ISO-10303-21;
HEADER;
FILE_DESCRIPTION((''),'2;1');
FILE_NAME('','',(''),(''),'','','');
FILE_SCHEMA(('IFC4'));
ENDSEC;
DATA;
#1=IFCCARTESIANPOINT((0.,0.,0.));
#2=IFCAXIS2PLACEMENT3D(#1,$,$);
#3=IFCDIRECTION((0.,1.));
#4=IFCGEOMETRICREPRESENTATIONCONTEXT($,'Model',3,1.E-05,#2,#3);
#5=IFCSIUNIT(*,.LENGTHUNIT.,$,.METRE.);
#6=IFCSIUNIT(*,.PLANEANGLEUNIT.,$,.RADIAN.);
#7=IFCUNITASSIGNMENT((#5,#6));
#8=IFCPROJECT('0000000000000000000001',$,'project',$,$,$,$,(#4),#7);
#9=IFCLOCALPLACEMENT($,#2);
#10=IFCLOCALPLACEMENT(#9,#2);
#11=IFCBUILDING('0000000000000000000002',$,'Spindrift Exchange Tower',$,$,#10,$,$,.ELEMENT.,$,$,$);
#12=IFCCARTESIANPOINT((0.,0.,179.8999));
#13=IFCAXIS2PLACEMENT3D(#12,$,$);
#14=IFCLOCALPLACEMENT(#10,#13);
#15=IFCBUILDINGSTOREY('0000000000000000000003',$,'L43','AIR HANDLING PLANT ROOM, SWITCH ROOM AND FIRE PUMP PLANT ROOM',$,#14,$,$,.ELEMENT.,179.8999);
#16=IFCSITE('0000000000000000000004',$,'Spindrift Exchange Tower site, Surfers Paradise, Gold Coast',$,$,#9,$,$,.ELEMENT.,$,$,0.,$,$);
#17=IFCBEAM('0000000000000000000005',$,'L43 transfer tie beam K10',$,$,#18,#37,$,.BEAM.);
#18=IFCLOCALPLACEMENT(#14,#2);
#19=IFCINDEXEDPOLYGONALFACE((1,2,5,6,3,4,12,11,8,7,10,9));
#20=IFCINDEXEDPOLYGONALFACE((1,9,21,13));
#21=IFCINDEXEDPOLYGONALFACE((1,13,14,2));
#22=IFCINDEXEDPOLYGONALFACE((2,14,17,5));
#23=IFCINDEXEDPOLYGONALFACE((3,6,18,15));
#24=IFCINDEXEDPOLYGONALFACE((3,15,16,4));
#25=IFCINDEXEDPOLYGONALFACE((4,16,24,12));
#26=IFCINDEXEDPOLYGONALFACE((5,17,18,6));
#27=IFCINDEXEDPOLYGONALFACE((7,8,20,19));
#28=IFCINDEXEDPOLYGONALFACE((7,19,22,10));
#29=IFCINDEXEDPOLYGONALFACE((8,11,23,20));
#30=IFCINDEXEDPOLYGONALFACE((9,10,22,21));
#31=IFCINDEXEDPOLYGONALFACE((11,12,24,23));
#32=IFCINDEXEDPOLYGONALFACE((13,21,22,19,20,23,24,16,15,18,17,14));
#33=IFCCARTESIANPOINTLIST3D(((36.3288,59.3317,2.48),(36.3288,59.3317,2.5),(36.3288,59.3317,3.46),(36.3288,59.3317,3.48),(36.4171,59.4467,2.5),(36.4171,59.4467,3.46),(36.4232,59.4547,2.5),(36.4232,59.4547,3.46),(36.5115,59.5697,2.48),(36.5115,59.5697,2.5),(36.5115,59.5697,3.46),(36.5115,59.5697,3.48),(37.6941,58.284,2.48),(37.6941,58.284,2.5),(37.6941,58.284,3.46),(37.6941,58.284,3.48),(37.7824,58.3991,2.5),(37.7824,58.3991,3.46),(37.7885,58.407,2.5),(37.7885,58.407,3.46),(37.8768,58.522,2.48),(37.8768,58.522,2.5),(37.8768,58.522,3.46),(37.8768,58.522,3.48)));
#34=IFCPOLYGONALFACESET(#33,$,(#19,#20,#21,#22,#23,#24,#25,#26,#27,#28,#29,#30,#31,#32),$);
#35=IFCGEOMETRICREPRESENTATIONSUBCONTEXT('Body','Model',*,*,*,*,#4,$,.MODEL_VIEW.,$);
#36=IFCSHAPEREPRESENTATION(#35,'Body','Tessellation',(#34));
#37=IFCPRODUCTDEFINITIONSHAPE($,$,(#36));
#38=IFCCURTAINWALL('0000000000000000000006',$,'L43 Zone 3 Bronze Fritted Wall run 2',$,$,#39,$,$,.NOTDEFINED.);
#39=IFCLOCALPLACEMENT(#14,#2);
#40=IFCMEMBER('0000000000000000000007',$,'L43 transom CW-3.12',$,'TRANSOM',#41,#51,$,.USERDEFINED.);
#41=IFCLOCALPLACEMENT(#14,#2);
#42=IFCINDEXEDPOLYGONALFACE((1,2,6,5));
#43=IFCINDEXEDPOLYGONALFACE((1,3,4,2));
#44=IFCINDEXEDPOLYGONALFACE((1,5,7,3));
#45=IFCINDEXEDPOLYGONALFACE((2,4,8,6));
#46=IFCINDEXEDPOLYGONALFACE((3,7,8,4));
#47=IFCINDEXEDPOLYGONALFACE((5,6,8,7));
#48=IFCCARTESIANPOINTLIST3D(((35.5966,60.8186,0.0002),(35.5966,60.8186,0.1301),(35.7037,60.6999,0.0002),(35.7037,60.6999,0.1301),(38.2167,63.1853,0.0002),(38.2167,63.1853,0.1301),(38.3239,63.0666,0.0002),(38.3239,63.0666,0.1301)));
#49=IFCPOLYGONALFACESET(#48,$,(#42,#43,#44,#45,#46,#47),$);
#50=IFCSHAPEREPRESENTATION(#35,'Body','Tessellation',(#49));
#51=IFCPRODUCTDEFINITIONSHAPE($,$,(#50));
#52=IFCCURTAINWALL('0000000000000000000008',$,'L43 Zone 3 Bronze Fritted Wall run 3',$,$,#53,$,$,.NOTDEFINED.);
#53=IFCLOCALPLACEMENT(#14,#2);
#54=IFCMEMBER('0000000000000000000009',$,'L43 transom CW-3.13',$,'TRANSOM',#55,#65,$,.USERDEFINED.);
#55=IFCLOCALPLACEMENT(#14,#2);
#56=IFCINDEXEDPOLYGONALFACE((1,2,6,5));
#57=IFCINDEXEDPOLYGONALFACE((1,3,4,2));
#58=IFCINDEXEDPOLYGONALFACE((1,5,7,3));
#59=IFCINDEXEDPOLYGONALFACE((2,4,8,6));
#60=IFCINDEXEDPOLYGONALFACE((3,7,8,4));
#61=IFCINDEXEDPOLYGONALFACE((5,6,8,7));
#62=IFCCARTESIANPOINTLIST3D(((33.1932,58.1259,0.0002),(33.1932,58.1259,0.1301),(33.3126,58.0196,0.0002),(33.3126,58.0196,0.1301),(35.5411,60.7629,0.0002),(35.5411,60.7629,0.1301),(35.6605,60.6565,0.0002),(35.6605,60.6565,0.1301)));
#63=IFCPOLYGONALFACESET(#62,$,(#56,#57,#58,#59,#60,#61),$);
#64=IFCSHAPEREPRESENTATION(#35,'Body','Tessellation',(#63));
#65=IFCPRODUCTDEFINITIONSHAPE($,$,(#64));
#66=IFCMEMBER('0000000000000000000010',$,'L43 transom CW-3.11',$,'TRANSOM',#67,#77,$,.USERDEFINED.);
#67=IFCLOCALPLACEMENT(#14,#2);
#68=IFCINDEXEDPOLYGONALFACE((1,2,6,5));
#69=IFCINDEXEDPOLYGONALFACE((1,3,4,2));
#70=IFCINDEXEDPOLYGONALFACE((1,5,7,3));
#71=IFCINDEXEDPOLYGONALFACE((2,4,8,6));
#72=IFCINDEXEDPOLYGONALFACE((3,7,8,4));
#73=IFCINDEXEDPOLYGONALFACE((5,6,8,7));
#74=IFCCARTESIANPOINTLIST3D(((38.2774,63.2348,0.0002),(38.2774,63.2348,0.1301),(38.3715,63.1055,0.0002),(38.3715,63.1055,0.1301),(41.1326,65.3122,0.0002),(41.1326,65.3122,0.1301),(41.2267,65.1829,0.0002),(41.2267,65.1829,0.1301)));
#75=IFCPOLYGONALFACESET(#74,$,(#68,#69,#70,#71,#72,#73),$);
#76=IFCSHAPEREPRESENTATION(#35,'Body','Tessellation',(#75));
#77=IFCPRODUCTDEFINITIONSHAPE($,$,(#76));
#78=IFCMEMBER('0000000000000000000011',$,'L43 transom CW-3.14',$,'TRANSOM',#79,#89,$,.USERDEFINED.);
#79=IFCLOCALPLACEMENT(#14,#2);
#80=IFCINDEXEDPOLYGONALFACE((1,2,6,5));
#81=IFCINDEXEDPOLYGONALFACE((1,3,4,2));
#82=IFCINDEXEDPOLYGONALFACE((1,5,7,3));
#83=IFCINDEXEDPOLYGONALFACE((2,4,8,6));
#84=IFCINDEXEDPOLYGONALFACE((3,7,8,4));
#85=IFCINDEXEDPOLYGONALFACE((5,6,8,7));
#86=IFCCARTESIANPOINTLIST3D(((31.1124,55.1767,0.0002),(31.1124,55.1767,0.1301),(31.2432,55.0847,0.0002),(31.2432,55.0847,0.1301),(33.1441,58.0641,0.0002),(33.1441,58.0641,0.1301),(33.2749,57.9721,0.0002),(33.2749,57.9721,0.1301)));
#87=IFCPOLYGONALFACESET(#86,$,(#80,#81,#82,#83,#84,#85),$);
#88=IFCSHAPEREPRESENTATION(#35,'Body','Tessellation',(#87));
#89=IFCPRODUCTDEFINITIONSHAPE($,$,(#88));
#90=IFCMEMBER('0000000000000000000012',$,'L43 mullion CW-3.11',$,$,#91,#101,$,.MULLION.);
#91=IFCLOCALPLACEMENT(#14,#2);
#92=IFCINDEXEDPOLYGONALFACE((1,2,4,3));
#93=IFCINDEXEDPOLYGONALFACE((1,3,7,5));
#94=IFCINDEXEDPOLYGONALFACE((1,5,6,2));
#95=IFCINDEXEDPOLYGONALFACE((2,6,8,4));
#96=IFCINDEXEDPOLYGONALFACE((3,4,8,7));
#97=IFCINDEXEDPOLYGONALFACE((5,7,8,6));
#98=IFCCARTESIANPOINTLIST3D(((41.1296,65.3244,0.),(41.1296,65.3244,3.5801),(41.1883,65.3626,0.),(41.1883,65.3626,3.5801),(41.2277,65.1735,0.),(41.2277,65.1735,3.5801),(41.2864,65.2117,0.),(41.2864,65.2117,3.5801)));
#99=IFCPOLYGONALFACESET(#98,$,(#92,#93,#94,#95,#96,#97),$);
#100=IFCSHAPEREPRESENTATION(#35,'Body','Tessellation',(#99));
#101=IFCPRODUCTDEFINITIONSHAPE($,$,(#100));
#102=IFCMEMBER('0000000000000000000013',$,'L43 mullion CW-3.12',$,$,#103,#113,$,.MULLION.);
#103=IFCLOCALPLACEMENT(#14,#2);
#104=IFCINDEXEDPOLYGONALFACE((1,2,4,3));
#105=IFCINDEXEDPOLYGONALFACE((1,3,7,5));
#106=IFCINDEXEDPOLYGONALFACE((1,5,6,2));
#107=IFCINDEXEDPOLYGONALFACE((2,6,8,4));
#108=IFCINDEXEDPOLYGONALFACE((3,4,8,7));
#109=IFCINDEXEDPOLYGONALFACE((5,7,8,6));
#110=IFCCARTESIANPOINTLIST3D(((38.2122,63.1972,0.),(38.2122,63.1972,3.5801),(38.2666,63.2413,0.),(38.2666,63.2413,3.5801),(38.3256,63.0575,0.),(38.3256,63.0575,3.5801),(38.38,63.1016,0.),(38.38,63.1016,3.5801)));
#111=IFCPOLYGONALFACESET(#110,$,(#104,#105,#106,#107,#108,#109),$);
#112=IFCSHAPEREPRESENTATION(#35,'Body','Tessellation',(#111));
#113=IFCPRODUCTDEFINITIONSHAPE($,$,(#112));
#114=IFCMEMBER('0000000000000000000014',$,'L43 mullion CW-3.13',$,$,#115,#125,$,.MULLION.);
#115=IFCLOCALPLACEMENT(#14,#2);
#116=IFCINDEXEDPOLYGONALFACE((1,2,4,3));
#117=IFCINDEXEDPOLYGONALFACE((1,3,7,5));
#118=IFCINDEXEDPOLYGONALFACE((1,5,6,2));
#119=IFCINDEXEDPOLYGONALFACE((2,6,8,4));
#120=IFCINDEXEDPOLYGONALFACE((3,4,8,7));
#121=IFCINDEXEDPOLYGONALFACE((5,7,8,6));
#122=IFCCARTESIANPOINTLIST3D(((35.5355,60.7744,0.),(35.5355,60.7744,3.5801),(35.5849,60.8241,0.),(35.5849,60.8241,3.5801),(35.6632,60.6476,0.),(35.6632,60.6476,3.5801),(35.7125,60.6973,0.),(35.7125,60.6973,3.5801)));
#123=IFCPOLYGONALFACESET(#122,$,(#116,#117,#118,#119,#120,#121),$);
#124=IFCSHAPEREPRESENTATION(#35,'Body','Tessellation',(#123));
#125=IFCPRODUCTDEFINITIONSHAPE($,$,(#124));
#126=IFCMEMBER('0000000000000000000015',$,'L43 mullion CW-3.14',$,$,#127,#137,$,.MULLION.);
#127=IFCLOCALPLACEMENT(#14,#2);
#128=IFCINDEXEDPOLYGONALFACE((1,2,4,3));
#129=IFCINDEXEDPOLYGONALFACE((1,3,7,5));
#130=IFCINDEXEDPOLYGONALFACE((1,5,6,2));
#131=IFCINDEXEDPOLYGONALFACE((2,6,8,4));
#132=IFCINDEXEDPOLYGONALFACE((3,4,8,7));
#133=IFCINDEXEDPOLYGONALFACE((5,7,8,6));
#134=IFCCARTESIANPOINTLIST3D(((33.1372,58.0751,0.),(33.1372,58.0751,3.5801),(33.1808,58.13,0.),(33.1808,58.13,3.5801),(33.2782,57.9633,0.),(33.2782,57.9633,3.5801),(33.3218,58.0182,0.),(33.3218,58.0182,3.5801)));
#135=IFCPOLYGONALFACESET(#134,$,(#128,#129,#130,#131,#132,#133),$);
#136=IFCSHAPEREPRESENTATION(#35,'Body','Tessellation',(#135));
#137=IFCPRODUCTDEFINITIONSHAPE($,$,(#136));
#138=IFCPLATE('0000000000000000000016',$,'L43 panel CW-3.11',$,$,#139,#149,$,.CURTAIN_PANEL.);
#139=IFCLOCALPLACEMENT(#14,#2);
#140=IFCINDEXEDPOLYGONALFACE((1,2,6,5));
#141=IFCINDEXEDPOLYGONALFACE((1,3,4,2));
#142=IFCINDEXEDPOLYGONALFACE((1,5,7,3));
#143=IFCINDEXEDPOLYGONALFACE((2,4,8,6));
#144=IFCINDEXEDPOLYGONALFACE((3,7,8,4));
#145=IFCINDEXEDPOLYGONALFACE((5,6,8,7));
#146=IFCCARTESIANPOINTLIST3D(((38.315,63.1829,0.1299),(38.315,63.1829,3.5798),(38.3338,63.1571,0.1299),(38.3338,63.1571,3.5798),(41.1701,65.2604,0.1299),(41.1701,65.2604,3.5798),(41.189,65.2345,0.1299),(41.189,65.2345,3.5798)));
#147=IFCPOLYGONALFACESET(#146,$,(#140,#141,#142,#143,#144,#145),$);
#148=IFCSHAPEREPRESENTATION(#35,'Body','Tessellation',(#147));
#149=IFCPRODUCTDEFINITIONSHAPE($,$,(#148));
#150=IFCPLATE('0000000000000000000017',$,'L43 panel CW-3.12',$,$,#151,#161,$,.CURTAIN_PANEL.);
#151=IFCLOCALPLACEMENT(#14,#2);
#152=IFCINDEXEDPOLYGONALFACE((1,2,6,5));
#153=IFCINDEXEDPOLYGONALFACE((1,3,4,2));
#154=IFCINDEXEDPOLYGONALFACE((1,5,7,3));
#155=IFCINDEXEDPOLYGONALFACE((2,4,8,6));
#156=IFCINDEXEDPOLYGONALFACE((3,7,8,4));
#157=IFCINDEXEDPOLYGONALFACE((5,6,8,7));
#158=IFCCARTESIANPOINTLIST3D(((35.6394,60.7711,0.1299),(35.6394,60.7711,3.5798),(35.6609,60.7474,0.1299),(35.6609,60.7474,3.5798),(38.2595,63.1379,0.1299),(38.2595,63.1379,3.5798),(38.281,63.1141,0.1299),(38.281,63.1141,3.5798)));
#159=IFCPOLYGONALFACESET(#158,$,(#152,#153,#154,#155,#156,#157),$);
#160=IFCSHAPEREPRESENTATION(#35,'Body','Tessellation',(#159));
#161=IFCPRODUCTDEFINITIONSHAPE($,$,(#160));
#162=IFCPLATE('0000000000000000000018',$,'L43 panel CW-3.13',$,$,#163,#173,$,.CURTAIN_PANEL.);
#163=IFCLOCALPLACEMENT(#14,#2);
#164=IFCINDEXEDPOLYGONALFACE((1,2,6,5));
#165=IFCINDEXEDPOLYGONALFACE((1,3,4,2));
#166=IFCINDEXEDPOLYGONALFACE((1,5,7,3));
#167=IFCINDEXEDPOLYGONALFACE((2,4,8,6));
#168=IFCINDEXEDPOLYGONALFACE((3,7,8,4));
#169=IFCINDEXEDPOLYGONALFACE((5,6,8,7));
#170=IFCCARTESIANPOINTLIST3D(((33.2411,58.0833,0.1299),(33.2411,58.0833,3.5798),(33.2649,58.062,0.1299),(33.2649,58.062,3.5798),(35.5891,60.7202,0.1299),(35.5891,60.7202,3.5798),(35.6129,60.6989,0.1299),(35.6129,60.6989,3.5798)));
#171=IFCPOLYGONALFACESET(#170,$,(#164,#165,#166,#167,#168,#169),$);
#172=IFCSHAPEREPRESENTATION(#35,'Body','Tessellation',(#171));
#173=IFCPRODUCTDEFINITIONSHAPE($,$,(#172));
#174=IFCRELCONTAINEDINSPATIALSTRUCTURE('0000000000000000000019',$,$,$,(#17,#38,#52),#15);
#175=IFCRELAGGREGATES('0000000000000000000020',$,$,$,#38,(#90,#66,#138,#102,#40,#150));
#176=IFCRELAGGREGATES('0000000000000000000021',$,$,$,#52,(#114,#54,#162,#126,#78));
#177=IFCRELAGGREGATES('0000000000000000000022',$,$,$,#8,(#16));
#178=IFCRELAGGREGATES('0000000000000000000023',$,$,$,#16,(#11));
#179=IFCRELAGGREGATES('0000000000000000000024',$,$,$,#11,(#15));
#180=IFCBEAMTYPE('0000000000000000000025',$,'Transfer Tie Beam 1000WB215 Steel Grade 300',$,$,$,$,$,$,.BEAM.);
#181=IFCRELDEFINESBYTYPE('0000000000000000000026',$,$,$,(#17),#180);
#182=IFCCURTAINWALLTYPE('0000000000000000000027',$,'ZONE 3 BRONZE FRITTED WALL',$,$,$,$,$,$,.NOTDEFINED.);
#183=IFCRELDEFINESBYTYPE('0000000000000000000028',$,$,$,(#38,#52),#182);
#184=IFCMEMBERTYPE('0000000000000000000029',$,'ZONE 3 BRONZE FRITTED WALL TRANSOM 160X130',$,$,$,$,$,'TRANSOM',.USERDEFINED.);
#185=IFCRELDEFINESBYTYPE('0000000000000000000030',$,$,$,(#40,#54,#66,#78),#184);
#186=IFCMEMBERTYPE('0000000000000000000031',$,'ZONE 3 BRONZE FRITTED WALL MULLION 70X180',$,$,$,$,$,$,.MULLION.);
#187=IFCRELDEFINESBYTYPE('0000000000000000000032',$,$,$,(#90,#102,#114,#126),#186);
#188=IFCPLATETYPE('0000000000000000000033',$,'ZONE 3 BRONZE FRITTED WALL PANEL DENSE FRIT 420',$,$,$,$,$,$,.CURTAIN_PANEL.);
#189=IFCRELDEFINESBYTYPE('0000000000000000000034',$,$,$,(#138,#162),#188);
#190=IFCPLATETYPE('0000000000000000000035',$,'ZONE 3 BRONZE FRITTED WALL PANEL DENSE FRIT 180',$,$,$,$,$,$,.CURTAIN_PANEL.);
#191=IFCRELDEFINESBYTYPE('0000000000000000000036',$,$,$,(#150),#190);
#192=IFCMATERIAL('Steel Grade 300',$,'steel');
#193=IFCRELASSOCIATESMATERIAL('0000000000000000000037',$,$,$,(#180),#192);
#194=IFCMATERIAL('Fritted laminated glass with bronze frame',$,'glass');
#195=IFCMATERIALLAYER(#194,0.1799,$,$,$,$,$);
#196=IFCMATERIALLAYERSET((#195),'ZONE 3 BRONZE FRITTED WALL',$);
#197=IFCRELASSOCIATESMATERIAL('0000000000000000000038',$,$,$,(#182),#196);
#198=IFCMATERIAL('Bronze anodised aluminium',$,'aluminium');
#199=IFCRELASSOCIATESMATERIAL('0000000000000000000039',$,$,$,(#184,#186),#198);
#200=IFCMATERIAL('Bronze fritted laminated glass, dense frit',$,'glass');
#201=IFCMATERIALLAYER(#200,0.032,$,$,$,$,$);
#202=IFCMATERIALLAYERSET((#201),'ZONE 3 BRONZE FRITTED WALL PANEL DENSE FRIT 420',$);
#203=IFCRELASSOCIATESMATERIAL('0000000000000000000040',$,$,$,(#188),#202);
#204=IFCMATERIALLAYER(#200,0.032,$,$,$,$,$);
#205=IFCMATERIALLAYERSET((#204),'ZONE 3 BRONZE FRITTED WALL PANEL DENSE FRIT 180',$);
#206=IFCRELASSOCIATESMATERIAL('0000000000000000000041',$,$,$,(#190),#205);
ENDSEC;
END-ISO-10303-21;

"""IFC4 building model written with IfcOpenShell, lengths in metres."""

from ifc_helpers import new_model, si_unit, direction, frame, origin, origin_2d, place, context, subcontext, project, spatial, rectangle, i_section, extrude, source, transform, mapped, material, layer, layer_set, material_profile, profile_set, type_object, element, aggregate, save


model = new_model("IFC4")

# Units and contexts
model_context = context("Model", 3, precision=1e-05, world=origin(), true_north=direction((0.0, 1.0)))
body_context = subcontext(model_context, "Body", "Model", "MODEL_VIEW")
ifc_project = project(units=[si_unit("LENGTHUNIT", "METRE"), si_unit("PLANEANGLEUNIT", "RADIAN")], contexts=[model_context])

# Site, building, storey
site_placement = place(None, origin())
site = spatial("IfcSite", under=ifc_project, at=site_placement, Name="Spindrift Exchange Tower site, Surfers Paradise, Gold Coast", CompositionType="ELEMENT", RefElevation=0.0)
building_placement = place(site_placement, origin())
building = spatial("IfcBuilding", under=site, at=building_placement, Name="Spindrift Exchange Tower", CompositionType="ELEMENT")
storey_placement = place(building_placement, frame((0.0, 0.0, 179.8999)))
storey = spatial("IfcBuildingStorey", under=building, at=storey_placement, Name="L43", Description="AIR HANDLING PLANT ROOM, SWITCH ROOM AND FIRE PUMP PLANT ROOM", CompositionType="ELEMENT", Elevation=179.8999)

# Shared definitions
ifc_material_1 = material(Name="Steel Grade 300", Category="steel")

# Beam
ifc_material_profile_1 = material_profile(ifc_material_1, i_section(OverallWidth=0.3, OverallDepth=1.0, WebThickness=0.01, FlangeThickness=0.02, at=origin_2d()), Name="1000WB215")
ifc_profile_set_1 = profile_set([ifc_material_profile_1], Name="Steel Grade 300")
beam_type = type_object("IfcBeamType", Name="Transfer Tie Beam 1000WB215 Steel Grade 300", PredefinedType="BEAM", material=ifc_profile_set_1)
shared_shape_1 = source(origin(), body_context, "Body", "SweptSolid", [
    extrude(i_section(OverallWidth=0.3, OverallDepth=1.0, WebThickness=0.01, FlangeThickness=0.02, at=origin_2d()), origin(), (0.0, 0.0, 1.0), 1.7209),
])
beam_1_placement = place(storey_placement, frame((36.4202, 59.4507, 2.98), z_axis=(0.793346, -0.608771, 0.0), x_axis=(0.608771, 0.793346, 0.0)))
element("IfcBeam", 1, at=beam_1_placement, inside=storey, type_object=beam_type, Name="L43 transfer tie beam K10", PredefinedType="BEAM", context=body_context, shape_type="MappedRepresentation", body=[
    mapped(shared_shape_1, transform((0.0, 0.0, 0.0), scale=1.0)),
])

# Curtain walls, members
ifc_material_2 = material(Name="Fritted laminated glass with bronze frame", Category="glass")
ifc_layer_1 = layer(ifc_material_2, 0.1799)
ifc_layer_set_1 = layer_set([ifc_layer_1], Name="ZONE 3 BRONZE FRITTED WALL")
curtain_wall_type = type_object("IfcCurtainWallType", Name="ZONE 3 BRONZE FRITTED WALL", PredefinedType="NOTDEFINED", material=ifc_layer_set_1)
curtain_wall_1_placement = place(storey_placement, origin())
curtain_wall_1 = element("IfcCurtainWall", 2, at=curtain_wall_1_placement, inside=storey, type_object=curtain_wall_type, Name="L43 Zone 3 Bronze Fritted Wall run 2", PredefinedType="NOTDEFINED")
ifc_material_3 = material(Name="Bronze anodised aluminium", Category="aluminium")
ifc_material_profile_2 = material_profile(ifc_material_3, rectangle(XDim=0.1599, YDim=0.1299, at=origin_2d()), Name="ZONE 3 BRONZE FRITTED WALL TRANSOM 160X130")
ifc_profile_set_2 = profile_set([ifc_material_profile_2], Name="Bronze anodised aluminium")
member_type_1 = type_object("IfcMemberType", Name="ZONE 3 BRONZE FRITTED WALL TRANSOM 160X130", ElementType="TRANSOM", PredefinedType="USERDEFINED", material=ifc_profile_set_2)
shared_shape_2 = source(origin(), body_context, "Body", "SweptSolid", [
    extrude(rectangle(XDim=0.1599, YDim=0.1299, at=origin_2d()), origin(), (0.0, 0.0, 1.0), 3.5308),
])
member_1_placement = place(storey_placement, frame((38.2703, 63.126, 0.0652), z_axis=(-0.742083, -0.670308, 0.0), x_axis=(0.670308, -0.742083, 0.0)))
member_1 = element("IfcMember", 3, at=member_1_placement, type_object=member_type_1, Name="L43 transom CW-3.12", ObjectType="TRANSOM", PredefinedType="USERDEFINED", context=body_context, shape_type="MappedRepresentation", body=[
    mapped(shared_shape_2, transform((0.0, 0.0, 0.0), scale=1.0)),
])
curtain_wall_2_placement = place(storey_placement, origin())
curtain_wall_2 = element("IfcCurtainWall", 4, at=curtain_wall_2_placement, inside=storey, type_object=curtain_wall_type, Name="L43 Zone 3 Bronze Fritted Wall run 3", PredefinedType="NOTDEFINED")
member_2_placement = place(storey_placement, frame((35.6008, 60.7097, 0.0652), z_axis=(-0.664986, -0.746856, 0.0), x_axis=(0.746856, -0.664986, 0.0)))
member_2 = element("IfcMember", 5, at=member_2_placement, type_object=member_type_1, Name="L43 transom CW-3.13", ObjectType="TRANSOM", PredefinedType="USERDEFINED", context=body_context, shape_type="MappedRepresentation", body=[
    mapped(shared_shape_2, transform((0.0, 0.0, 0.0), scale=1.0)),
])

# Members
shared_shape_3 = source(origin(), body_context, "Body", "SweptSolid", [
    extrude(rectangle(XDim=0.1599, YDim=0.1299, at=origin_2d()), origin(), (0.0, 0.0, 1.0), 3.531),
])
member_3_placement = place(storey_placement, frame((41.1797, 65.2476, 0.0652), z_axis=(-0.808619, -0.588332, 0.0), x_axis=(0.588332, -0.808619, 0.0)))
member_3 = element("IfcMember", 6, at=member_3_placement, type_object=member_type_1, Name="L43 transom CW-3.11", ObjectType="TRANSOM", PredefinedType="USERDEFINED", context=body_context, shape_type="MappedRepresentation", body=[
    mapped(shared_shape_3, transform((0.0, 0.0, 0.0), scale=1.0)),
])
shared_shape_4 = source(origin(), body_context, "Body", "SweptSolid", [
    extrude(rectangle(XDim=0.1599, YDim=0.1299, at=origin_2d()), origin(), (0.0, 0.0, 1.0), 3.5305),
])
member_4_placement = place(storey_placement, frame((33.2095, 58.0181, 0.0652), z_axis=(-0.575461, -0.817829, 0.0), x_axis=(0.817829, -0.575461, 0.0)))
member_4 = element("IfcMember", 7, at=member_4_placement, type_object=member_type_1, Name="L43 transom CW-3.14", ObjectType="TRANSOM", PredefinedType="USERDEFINED", context=body_context, shape_type="MappedRepresentation", body=[
    mapped(shared_shape_4, transform((0.0, 0.0, 0.0), scale=1.0)),
])
ifc_material_profile_3 = material_profile(ifc_material_3, rectangle(XDim=0.0701, YDim=0.1799, at=origin_2d()), Name="ZONE 3 BRONZE FRITTED WALL MULLION 70X180")
ifc_profile_set_3 = profile_set([ifc_material_profile_3], Name="Bronze anodised aluminium")
member_type_2 = type_object("IfcMemberType", Name="ZONE 3 BRONZE FRITTED WALL MULLION 70X180", PredefinedType="MULLION", material=ifc_profile_set_3)
shared_shape_5 = source(origin(), body_context, "Body", "SweptSolid", [
    extrude(rectangle(XDim=0.0701, YDim=0.1799, at=origin_2d()), origin(), (0.0, 0.0, 1.0), 3.5801),
])
member_5_placement = place(storey_placement, frame((41.208, 65.2681, 0.0), z_axis=(0.0, 0.0, 1.0), x_axis=(-0.838362, -0.545115, 0.0)))
member_5 = element("IfcMember", 8, at=member_5_placement, type_object=member_type_2, Name="L43 mullion CW-3.11", PredefinedType="MULLION", context=body_context, shape_type="MappedRepresentation", body=[
    mapped(shared_shape_5, transform((0.0, 0.0, 0.0), scale=1.0)),
])
member_6_placement = place(storey_placement, frame((38.2961, 63.1494, 0.0), z_axis=(0.0, 0.0, 1.0), x_axis=(-0.776422, -0.630213, 0.0)))
member_6 = element("IfcMember", 9, at=member_6_placement, type_object=member_type_2, Name="L43 mullion CW-3.12", PredefinedType="MULLION", context=body_context, shape_type="MappedRepresentation", body=[
    mapped(shared_shape_5, transform((0.0, 0.0, 0.0), scale=1.0)),
])
member_7_placement = place(storey_placement, frame((35.624, 60.7358, 0.0), z_axis=(0.0, 0.0, 1.0), x_axis=(-0.704584, -0.70962, 0.0)))
member_7 = element("IfcMember", 10, at=member_7_placement, type_object=member_type_2, Name="L43 mullion CW-3.13", PredefinedType="MULLION", context=body_context, shape_type="MappedRepresentation", body=[
    mapped(shared_shape_5, transform((0.0, 0.0, 0.0), scale=1.0)),
])
member_8_placement = place(storey_placement, frame((33.2295, 58.0466, 0.0), z_axis=(0.0, 0.0, 1.0), x_axis=(-0.621248, -0.783614, 0.0)))
member_8 = element("IfcMember", 11, at=member_8_placement, type_object=member_type_2, Name="L43 mullion CW-3.14", PredefinedType="MULLION", context=body_context, shape_type="MappedRepresentation", body=[
    mapped(shared_shape_5, transform((0.0, 0.0, 0.0), scale=1.0)),
])

# Plates
ifc_material_4 = material(Name="Bronze fritted laminated glass, dense frit", Category="glass")
ifc_layer_2 = layer(ifc_material_4, 0.032)
ifc_layer_set_2 = layer_set([ifc_layer_2], Name="ZONE 3 BRONZE FRITTED WALL PANEL DENSE FRIT 420")
plate_type_1 = type_object("IfcPlateType", Name="ZONE 3 BRONZE FRITTED WALL PANEL DENSE FRIT 420", PredefinedType="CURTAIN_PANEL", material=ifc_layer_set_2)
shared_shape_6 = source(origin(), body_context, "Body", "SweptSolid", [
    extrude(rectangle(XDim=3.531, YDim=0.032, at=origin_2d()), origin(), (0.0, 0.0, 1.0), 3.45),
])
plate_1_placement = place(storey_placement, frame((39.752, 64.2087, 0.1299), z_axis=(0.0, 0.0, 1.0), x_axis=(-0.808604, -0.588353, 0.0)))
plate_1 = element("IfcPlate", 12, at=plate_1_placement, type_object=plate_type_1, Name="L43 panel CW-3.11", PredefinedType="CURTAIN_PANEL", context=body_context, shape_type="MappedRepresentation", body=[
    mapped(shared_shape_6, transform((0.0, 0.0, 0.0), scale=1.0)),
])
ifc_layer_3 = layer(ifc_material_4, 0.032)
ifc_layer_set_3 = layer_set([ifc_layer_3], Name="ZONE 3 BRONZE FRITTED WALL PANEL DENSE FRIT 180")
plate_type_2 = type_object("IfcPlateType", Name="ZONE 3 BRONZE FRITTED WALL PANEL DENSE FRIT 180", PredefinedType="CURTAIN_PANEL", material=ifc_layer_set_3)
shared_shape_7 = source(origin(), body_context, "Body", "SweptSolid", [
    extrude(rectangle(XDim=3.5308, YDim=0.032, at=origin_2d()), origin(), (0.0, 0.0, 1.0), 3.45),
])
plate_2_placement = place(storey_placement, frame((36.9602, 61.9426, 0.1299), z_axis=(0.0, 0.0, 1.0), x_axis=(-0.742076, -0.670315, 0.0)))
plate_2 = element("IfcPlate", 13, at=plate_2_placement, type_object=plate_type_2, Name="L43 panel CW-3.12", PredefinedType="CURTAIN_PANEL", context=body_context, shape_type="MappedRepresentation", body=[
    mapped(shared_shape_7, transform((0.0, 0.0, 0.0), scale=1.0)),
])
aggregate(curtain_wall_1, [member_5, member_3, plate_1, member_6, member_1, plate_2])
shared_shape_8 = source(origin(), body_context, "Body", "SweptSolid", [
    extrude(rectangle(XDim=3.5308, YDim=0.032, at=origin_2d()), origin(), (0.0, 0.0, 1.0), 3.45),
])
plate_3_placement = place(storey_placement, frame((34.427, 59.3911, 0.1299), z_axis=(0.0, 0.0, 1.0), x_axis=(-0.665014, -0.746831, 0.0)))
plate_3 = element("IfcPlate", 14, at=plate_3_placement, type_object=plate_type_1, Name="L43 panel CW-3.13", PredefinedType="CURTAIN_PANEL", context=body_context, shape_type="MappedRepresentation", body=[
    mapped(shared_shape_8, transform((0.0, 0.0, 0.0), scale=1.0)),
])
aggregate(curtain_wall_2, [member_7, member_2, plate_3, member_8, member_4])

save(model, "model.ifc")
